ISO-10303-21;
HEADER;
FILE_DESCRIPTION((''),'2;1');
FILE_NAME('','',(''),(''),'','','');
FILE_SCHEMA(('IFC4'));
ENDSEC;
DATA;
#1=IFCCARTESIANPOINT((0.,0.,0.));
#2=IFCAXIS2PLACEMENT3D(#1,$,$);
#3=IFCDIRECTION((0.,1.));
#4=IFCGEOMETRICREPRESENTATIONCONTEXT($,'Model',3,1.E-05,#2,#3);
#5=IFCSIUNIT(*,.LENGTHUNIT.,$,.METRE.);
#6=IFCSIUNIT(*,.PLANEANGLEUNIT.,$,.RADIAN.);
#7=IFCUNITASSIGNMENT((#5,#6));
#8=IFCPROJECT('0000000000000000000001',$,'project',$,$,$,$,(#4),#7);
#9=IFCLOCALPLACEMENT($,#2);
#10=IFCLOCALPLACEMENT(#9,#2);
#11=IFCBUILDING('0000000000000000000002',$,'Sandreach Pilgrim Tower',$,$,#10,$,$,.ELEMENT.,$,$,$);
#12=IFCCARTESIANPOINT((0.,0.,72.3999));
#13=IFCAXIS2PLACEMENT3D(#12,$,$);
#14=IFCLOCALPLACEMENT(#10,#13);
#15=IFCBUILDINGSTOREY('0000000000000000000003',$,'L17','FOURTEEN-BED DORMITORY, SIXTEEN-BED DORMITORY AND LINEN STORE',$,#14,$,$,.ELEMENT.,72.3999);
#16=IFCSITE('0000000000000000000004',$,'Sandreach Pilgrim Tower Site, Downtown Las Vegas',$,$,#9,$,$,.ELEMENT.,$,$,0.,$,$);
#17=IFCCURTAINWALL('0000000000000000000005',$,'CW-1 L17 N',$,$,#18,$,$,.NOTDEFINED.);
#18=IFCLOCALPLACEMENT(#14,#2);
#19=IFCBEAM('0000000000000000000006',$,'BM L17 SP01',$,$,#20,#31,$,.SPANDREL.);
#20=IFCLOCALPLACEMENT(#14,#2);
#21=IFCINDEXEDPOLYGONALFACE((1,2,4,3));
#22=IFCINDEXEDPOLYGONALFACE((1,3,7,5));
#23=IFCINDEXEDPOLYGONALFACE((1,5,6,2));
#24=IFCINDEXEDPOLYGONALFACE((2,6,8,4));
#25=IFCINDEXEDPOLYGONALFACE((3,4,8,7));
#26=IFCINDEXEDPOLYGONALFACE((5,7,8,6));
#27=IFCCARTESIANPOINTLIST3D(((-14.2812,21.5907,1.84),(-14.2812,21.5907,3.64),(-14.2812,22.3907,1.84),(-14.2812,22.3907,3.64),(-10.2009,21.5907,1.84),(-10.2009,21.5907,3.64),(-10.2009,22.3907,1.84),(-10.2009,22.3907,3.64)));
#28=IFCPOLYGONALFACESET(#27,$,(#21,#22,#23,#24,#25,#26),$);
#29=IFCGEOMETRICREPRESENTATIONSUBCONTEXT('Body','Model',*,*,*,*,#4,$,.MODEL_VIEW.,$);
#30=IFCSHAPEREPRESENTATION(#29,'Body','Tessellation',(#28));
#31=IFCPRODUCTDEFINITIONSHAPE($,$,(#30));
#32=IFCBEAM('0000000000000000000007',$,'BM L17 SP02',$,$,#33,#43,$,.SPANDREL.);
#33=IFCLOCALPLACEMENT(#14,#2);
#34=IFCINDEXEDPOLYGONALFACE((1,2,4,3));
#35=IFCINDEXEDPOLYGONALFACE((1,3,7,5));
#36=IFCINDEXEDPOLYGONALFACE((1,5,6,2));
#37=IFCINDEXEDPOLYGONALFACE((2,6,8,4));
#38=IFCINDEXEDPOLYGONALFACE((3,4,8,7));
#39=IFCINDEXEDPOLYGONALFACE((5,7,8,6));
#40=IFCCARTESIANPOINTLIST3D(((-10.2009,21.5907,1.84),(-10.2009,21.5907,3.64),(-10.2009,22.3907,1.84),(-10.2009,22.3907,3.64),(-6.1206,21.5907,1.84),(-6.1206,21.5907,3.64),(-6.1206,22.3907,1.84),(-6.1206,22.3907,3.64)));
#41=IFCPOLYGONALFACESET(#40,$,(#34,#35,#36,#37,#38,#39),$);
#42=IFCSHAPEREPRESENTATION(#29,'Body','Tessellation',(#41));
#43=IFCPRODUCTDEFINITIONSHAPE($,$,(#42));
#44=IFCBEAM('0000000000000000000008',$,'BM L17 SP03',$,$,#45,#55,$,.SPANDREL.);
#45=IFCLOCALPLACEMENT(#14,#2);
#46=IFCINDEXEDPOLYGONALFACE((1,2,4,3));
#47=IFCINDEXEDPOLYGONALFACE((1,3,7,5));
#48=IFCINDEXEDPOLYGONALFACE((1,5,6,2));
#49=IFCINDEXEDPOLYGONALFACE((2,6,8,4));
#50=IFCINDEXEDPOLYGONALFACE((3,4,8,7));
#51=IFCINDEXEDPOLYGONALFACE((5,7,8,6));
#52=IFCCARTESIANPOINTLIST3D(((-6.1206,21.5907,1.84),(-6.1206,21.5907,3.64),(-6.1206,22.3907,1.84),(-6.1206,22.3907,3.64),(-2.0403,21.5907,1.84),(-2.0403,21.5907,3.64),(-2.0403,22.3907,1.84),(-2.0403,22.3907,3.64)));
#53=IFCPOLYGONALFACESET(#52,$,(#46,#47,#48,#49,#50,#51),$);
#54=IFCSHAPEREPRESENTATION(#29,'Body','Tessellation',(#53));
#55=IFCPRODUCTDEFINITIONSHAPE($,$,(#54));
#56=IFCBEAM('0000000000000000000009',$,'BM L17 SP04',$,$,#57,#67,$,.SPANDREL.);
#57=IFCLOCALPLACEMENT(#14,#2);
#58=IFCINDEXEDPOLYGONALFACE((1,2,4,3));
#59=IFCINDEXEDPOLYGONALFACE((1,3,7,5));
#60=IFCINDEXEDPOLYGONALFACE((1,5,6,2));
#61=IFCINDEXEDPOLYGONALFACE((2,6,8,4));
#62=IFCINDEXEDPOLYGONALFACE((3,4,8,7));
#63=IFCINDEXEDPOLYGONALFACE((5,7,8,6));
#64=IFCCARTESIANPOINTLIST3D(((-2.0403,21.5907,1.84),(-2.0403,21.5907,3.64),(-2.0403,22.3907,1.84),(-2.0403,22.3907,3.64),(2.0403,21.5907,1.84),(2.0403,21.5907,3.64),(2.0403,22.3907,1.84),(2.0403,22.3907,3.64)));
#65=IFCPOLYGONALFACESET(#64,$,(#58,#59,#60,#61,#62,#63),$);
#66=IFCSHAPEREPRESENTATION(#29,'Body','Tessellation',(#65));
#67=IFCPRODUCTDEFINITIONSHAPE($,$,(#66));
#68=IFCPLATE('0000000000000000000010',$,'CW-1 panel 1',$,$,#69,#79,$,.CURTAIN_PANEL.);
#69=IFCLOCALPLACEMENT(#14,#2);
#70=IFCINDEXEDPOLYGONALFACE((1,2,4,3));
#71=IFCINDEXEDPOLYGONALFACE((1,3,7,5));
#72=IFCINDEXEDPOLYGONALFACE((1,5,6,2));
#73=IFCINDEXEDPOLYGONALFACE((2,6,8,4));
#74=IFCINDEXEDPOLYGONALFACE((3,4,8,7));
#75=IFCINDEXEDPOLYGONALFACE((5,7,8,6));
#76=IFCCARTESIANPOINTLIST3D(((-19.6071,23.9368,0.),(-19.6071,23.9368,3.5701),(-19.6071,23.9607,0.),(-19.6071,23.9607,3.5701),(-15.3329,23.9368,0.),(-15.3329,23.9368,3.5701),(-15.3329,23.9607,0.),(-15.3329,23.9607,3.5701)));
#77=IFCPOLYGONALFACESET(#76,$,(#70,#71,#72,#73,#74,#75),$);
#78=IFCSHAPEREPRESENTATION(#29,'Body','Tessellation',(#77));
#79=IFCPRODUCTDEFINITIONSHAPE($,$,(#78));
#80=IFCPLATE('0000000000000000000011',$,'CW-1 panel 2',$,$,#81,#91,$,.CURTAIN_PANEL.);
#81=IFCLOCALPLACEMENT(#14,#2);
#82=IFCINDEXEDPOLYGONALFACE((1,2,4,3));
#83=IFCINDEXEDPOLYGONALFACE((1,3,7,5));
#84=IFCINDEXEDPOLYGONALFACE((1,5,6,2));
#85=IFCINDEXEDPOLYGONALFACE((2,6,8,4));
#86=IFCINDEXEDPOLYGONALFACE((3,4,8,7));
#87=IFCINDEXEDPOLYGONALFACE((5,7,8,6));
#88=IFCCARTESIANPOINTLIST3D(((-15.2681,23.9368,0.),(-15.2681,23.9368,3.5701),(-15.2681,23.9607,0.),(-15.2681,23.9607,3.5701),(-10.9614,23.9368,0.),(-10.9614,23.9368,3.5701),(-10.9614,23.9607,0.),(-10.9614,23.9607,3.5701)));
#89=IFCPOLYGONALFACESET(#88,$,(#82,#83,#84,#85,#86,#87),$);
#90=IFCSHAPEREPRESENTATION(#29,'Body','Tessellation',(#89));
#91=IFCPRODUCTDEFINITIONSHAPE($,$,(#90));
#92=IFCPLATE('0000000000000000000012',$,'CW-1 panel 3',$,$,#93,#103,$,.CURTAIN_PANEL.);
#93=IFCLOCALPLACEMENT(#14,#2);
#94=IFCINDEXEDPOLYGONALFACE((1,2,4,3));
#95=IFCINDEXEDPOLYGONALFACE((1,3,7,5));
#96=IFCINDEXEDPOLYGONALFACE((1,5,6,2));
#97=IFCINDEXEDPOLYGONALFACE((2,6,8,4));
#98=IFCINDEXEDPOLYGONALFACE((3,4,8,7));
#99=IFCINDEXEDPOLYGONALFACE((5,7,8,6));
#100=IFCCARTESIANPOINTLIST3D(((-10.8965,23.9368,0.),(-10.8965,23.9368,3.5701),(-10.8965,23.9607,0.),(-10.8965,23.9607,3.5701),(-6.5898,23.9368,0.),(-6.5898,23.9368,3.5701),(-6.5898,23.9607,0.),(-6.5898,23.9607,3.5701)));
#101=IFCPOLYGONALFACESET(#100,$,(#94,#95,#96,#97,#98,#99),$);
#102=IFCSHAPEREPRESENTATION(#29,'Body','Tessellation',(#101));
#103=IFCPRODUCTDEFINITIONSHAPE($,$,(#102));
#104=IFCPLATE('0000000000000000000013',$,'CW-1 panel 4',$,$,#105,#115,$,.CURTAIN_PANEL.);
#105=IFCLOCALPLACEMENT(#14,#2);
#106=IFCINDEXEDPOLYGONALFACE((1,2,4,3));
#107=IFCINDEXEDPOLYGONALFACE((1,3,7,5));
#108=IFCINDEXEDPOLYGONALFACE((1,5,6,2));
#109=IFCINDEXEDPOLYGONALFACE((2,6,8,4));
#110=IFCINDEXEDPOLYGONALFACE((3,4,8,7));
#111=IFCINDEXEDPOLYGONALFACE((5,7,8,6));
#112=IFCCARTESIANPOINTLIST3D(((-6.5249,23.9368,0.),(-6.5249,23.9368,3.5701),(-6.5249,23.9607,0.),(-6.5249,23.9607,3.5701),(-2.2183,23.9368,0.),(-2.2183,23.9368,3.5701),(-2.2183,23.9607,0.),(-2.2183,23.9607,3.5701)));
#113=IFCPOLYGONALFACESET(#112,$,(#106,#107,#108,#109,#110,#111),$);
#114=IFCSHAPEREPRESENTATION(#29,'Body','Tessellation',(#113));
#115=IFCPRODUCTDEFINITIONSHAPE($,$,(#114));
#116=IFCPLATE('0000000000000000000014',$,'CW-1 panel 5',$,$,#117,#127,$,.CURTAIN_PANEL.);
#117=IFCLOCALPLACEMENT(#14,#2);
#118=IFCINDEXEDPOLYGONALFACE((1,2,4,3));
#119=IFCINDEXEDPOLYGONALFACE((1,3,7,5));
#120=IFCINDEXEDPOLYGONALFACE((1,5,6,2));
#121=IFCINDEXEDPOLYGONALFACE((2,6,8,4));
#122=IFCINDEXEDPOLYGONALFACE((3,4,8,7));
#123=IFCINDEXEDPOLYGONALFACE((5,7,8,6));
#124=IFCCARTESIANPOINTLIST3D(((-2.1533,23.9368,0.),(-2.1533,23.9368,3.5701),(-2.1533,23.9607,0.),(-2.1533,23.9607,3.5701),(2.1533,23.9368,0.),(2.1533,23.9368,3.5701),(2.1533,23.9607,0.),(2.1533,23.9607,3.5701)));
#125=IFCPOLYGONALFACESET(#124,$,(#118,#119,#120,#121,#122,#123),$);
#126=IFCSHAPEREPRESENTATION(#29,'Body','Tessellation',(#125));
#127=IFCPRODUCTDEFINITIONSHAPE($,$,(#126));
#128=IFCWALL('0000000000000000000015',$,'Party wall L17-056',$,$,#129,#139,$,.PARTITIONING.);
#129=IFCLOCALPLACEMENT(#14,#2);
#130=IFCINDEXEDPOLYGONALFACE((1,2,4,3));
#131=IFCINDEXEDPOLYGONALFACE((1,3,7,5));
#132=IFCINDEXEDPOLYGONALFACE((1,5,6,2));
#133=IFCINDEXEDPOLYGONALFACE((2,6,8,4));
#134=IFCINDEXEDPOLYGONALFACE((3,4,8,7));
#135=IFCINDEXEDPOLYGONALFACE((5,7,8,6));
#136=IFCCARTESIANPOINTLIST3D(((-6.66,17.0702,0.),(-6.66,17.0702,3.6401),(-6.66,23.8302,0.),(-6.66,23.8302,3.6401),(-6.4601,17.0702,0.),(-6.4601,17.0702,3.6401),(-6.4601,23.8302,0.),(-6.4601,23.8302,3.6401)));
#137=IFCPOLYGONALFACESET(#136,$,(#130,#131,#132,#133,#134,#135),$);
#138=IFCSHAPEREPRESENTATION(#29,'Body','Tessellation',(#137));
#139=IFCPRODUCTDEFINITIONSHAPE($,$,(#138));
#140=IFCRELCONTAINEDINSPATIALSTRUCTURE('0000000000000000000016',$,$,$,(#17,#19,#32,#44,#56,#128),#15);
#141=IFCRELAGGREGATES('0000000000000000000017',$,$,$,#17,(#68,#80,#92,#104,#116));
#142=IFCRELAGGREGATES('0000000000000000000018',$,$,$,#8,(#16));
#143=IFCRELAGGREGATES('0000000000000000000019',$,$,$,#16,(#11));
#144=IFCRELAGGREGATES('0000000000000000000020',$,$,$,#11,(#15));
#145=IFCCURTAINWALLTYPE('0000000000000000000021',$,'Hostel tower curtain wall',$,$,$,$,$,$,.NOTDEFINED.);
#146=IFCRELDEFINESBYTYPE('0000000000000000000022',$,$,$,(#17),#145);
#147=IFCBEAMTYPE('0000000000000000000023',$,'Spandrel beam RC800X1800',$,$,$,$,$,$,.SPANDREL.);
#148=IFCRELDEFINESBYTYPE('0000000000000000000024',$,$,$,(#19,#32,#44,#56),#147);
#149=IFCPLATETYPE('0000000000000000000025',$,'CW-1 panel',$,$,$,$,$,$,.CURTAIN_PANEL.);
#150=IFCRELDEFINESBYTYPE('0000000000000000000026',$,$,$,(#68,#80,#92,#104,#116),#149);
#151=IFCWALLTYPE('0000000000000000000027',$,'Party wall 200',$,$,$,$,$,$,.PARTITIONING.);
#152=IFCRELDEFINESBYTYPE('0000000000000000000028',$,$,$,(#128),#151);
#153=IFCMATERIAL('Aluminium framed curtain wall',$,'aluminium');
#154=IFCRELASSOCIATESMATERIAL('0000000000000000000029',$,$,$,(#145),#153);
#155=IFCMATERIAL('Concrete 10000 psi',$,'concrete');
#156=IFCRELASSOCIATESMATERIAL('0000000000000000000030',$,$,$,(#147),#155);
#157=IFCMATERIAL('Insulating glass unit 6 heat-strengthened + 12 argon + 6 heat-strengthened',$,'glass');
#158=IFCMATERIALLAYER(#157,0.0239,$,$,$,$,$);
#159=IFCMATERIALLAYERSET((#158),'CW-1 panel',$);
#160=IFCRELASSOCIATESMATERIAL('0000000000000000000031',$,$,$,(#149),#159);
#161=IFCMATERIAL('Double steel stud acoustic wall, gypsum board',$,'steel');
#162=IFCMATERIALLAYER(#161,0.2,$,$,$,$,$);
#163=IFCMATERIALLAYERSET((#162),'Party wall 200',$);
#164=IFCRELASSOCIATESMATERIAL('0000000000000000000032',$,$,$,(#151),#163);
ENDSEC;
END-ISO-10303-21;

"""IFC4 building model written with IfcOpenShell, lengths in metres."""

from ifc_helpers import new_model, si_unit, direction, frame, frame_2d, origin, origin_2d, place, context, subcontext, project, spatial, rectangle, extrude, material, layer, layer_set, material_profile, profile_set, type_object, element, aggregate, save


model = new_model("IFC4")

# Units and contexts
model_context = context("Model", 3, precision=1e-05, world=origin(), true_north=direction((0.0, 1.0)))
body_context = subcontext(model_context, "Body", "Model", "MODEL_VIEW")
ifc_project = project(units=[si_unit("LENGTHUNIT", "METRE"), si_unit("PLANEANGLEUNIT", "RADIAN")], contexts=[model_context])

# Site, building, storey
site_placement = place(None, origin())
site = spatial("IfcSite", under=ifc_project, at=site_placement, Name="Sandreach Pilgrim Tower Site, Downtown Las Vegas", CompositionType="ELEMENT", RefElevation=0.0)
building_placement = place(site_placement, origin())
building = spatial("IfcBuilding", under=site, at=building_placement, Name="Sandreach Pilgrim Tower", CompositionType="ELEMENT")
storey_placement = place(building_placement, frame((0.0, 0.0, 72.3999)))
storey = spatial("IfcBuildingStorey", under=building, at=storey_placement, Name="L17", Description="FOURTEEN-BED DORMITORY, SIXTEEN-BED DORMITORY AND LINEN STORE", CompositionType="ELEMENT", Elevation=72.3999)

# Curtain wall
ifc_material_1 = material(Name="Aluminium framed curtain wall", Category="aluminium")
curtain_wall_type = type_object("IfcCurtainWallType", Name="Hostel tower curtain wall", PredefinedType="NOTDEFINED", material=ifc_material_1)
curtain_wall_placement = place(storey_placement, origin())
curtain_wall = element("IfcCurtainWall", 1, at=curtain_wall_placement, inside=storey, type_object=curtain_wall_type, Name="CW-1 L17 N", PredefinedType="NOTDEFINED")

# Beams
ifc_material_2 = material(Name="Concrete 10000 psi", Category="concrete")
ifc_material_profile_1 = material_profile(ifc_material_2, rectangle(XDim=0.8, YDim=1.8, at=origin_2d()), Name="RC800X1800")
ifc_profile_set_1 = profile_set([ifc_material_profile_1], Name="Concrete 10000 psi")
beam_type_1 = type_object("IfcBeamType", Name="Spandrel beam RC800X1800", PredefinedType="SPANDREL", material=ifc_profile_set_1)
for number, where, z_axis, x_axis, name in (
    (2, (-14.2812, 21.9907, 2.74), (1.0, 0.0, 0.0), (0.0, 1.0, 0.0), "BM L17 SP01"),
    (3, (-10.2009, 21.9907, 2.74), (1.0, 0.0, 0.0), (0.0, 1.0, 0.0), "BM L17 SP02"),
    (4, (-6.1206, 21.9907, 2.74), (1.0, 0.0, 0.0), (0.0, 1.0, 0.0), "BM L17 SP03"),
):
    element("IfcBeam", number, at=place(storey_placement, frame(where, z_axis=z_axis, x_axis=x_axis)), inside=storey, type_object=beam_type_1, Name=name, PredefinedType="SPANDREL", context=body_context, shape_type="SweptSolid", body=[
        extrude(rectangle(XDim=0.8, YDim=1.8, at=origin_2d()), origin(), (0.0, 0.0, 1.0), 4.0803),
    ])
beam_1_placement = place(storey_placement, frame((-2.0403, 21.9907, 2.74), z_axis=(1.0, 0.0, 0.0), x_axis=(0.0, 1.0, 0.0)))
element("IfcBeam", 5, at=beam_1_placement, inside=storey, type_object=beam_type_1, Name="BM L17 SP04", PredefinedType="SPANDREL", context=body_context, shape_type="SweptSolid", body=[
    extrude(rectangle(XDim=0.8, YDim=1.8, at=origin_2d()), origin(), (0.0, 0.0, 1.0), 4.0806),
])

# Plates
ifc_material_3 = material(Name="Insulating glass unit 6 heat-strengthened + 12 argon + 6 heat-strengthened", Category="glass")
ifc_layer_1 = layer(ifc_material_3, 0.0239)
ifc_layer_set_1 = layer_set([ifc_layer_1], Name="CW-1 panel")
plate_type = type_object("IfcPlateType", Name="CW-1 panel", PredefinedType="CURTAIN_PANEL", material=ifc_layer_set_1)
plate_1_placement = place(storey_placement, frame((-17.47, 23.9487, 0.0), z_axis=(0.0, 0.0, 1.0), x_axis=(1.0, 0.0, 0.0)))
plate_1 = element("IfcPlate", 6, at=plate_1_placement, type_object=plate_type, Name="CW-1 panel 1", PredefinedType="CURTAIN_PANEL", context=body_context, shape_type="SweptSolid", body=[
    extrude(rectangle(XDim=4.2742, YDim=0.0239, at=origin_2d()), origin(), (0.0, 0.0, 1.0), 3.5701),
])
plate_2_placement = place(storey_placement, frame((-13.1147, 23.9487, 0.0), z_axis=(0.0, 0.0, 1.0), x_axis=(1.0, 0.0, 0.0)))
plate_2 = element("IfcPlate", 7, at=plate_2_placement, type_object=plate_type, Name="CW-1 panel 2", PredefinedType="CURTAIN_PANEL", context=body_context, shape_type="SweptSolid", body=[
    extrude(rectangle(XDim=4.3066, YDim=0.0239, at=origin_2d()), origin(), (0.0, 0.0, 1.0), 3.5701),
])
plate_3_placement = place(storey_placement, frame((-8.7432, 23.9487, 0.0), z_axis=(0.0, 0.0, 1.0), x_axis=(1.0, 0.0, 0.0)))
plate_3 = element("IfcPlate", 8, at=plate_3_placement, type_object=plate_type, Name="CW-1 panel 3", PredefinedType="CURTAIN_PANEL", context=body_context, shape_type="SweptSolid", body=[
    extrude(rectangle(XDim=4.3066, YDim=0.0239, at=origin_2d()), origin(), (0.0, 0.0, 1.0), 3.5701),
])
plate_4_placement = place(storey_placement, frame((-4.3716, 23.9487, 0.0), z_axis=(0.0, 0.0, 1.0), x_axis=(1.0, 0.0, 0.0)))
plate_4 = element("IfcPlate", 9, at=plate_4_placement, type_object=plate_type, Name="CW-1 panel 4", PredefinedType="CURTAIN_PANEL", context=body_context, shape_type="SweptSolid", body=[
    extrude(rectangle(XDim=4.3066, YDim=0.0239, at=origin_2d()), origin(), (0.0, 0.0, 1.0), 3.5701),
])
plate_5_placement = place(storey_placement, frame((0.0, 23.9487, 0.0), z_axis=(0.0, 0.0, 1.0), x_axis=(1.0, 0.0, 0.0)))
plate_5 = element("IfcPlate", 10, at=plate_5_placement, type_object=plate_type, Name="CW-1 panel 5", PredefinedType="CURTAIN_PANEL", context=body_context, shape_type="SweptSolid", body=[
    extrude(rectangle(XDim=4.3066, YDim=0.0239, at=origin_2d()), origin(), (0.0, 0.0, 1.0), 3.5701),
])
aggregate(curtain_wall, [plate_1, plate_2, plate_3, plate_4, plate_5])

# Wall
ifc_material_4 = material(Name="Double steel stud acoustic wall, gypsum board", Category="steel")
ifc_layer_2 = layer(ifc_material_4, 0.2)
ifc_layer_set_2 = layer_set([ifc_layer_2], Name="Party wall 200")
wall_type = type_object("IfcWallType", Name="Party wall 200", PredefinedType="PARTITIONING", material=ifc_layer_set_2)
wall_placement = place(storey_placement, frame((-6.5601, 23.8301, 0.0), z_axis=(0.0, 0.0, 1.0), x_axis=(0.0, -1.0, 0.0)))
element("IfcWall", 11, at=wall_placement, inside=storey, type_object=wall_type, Name="Party wall L17-056", PredefinedType="PARTITIONING", context=body_context, shape_type="SweptSolid", body=[
    extrude(rectangle(XDim=6.76, YDim=0.2, at=frame_2d((3.3799, 0.0))), origin(), (0.0, 0.0, 1.0), 3.6401),
])

save(model, "model.ifc")
